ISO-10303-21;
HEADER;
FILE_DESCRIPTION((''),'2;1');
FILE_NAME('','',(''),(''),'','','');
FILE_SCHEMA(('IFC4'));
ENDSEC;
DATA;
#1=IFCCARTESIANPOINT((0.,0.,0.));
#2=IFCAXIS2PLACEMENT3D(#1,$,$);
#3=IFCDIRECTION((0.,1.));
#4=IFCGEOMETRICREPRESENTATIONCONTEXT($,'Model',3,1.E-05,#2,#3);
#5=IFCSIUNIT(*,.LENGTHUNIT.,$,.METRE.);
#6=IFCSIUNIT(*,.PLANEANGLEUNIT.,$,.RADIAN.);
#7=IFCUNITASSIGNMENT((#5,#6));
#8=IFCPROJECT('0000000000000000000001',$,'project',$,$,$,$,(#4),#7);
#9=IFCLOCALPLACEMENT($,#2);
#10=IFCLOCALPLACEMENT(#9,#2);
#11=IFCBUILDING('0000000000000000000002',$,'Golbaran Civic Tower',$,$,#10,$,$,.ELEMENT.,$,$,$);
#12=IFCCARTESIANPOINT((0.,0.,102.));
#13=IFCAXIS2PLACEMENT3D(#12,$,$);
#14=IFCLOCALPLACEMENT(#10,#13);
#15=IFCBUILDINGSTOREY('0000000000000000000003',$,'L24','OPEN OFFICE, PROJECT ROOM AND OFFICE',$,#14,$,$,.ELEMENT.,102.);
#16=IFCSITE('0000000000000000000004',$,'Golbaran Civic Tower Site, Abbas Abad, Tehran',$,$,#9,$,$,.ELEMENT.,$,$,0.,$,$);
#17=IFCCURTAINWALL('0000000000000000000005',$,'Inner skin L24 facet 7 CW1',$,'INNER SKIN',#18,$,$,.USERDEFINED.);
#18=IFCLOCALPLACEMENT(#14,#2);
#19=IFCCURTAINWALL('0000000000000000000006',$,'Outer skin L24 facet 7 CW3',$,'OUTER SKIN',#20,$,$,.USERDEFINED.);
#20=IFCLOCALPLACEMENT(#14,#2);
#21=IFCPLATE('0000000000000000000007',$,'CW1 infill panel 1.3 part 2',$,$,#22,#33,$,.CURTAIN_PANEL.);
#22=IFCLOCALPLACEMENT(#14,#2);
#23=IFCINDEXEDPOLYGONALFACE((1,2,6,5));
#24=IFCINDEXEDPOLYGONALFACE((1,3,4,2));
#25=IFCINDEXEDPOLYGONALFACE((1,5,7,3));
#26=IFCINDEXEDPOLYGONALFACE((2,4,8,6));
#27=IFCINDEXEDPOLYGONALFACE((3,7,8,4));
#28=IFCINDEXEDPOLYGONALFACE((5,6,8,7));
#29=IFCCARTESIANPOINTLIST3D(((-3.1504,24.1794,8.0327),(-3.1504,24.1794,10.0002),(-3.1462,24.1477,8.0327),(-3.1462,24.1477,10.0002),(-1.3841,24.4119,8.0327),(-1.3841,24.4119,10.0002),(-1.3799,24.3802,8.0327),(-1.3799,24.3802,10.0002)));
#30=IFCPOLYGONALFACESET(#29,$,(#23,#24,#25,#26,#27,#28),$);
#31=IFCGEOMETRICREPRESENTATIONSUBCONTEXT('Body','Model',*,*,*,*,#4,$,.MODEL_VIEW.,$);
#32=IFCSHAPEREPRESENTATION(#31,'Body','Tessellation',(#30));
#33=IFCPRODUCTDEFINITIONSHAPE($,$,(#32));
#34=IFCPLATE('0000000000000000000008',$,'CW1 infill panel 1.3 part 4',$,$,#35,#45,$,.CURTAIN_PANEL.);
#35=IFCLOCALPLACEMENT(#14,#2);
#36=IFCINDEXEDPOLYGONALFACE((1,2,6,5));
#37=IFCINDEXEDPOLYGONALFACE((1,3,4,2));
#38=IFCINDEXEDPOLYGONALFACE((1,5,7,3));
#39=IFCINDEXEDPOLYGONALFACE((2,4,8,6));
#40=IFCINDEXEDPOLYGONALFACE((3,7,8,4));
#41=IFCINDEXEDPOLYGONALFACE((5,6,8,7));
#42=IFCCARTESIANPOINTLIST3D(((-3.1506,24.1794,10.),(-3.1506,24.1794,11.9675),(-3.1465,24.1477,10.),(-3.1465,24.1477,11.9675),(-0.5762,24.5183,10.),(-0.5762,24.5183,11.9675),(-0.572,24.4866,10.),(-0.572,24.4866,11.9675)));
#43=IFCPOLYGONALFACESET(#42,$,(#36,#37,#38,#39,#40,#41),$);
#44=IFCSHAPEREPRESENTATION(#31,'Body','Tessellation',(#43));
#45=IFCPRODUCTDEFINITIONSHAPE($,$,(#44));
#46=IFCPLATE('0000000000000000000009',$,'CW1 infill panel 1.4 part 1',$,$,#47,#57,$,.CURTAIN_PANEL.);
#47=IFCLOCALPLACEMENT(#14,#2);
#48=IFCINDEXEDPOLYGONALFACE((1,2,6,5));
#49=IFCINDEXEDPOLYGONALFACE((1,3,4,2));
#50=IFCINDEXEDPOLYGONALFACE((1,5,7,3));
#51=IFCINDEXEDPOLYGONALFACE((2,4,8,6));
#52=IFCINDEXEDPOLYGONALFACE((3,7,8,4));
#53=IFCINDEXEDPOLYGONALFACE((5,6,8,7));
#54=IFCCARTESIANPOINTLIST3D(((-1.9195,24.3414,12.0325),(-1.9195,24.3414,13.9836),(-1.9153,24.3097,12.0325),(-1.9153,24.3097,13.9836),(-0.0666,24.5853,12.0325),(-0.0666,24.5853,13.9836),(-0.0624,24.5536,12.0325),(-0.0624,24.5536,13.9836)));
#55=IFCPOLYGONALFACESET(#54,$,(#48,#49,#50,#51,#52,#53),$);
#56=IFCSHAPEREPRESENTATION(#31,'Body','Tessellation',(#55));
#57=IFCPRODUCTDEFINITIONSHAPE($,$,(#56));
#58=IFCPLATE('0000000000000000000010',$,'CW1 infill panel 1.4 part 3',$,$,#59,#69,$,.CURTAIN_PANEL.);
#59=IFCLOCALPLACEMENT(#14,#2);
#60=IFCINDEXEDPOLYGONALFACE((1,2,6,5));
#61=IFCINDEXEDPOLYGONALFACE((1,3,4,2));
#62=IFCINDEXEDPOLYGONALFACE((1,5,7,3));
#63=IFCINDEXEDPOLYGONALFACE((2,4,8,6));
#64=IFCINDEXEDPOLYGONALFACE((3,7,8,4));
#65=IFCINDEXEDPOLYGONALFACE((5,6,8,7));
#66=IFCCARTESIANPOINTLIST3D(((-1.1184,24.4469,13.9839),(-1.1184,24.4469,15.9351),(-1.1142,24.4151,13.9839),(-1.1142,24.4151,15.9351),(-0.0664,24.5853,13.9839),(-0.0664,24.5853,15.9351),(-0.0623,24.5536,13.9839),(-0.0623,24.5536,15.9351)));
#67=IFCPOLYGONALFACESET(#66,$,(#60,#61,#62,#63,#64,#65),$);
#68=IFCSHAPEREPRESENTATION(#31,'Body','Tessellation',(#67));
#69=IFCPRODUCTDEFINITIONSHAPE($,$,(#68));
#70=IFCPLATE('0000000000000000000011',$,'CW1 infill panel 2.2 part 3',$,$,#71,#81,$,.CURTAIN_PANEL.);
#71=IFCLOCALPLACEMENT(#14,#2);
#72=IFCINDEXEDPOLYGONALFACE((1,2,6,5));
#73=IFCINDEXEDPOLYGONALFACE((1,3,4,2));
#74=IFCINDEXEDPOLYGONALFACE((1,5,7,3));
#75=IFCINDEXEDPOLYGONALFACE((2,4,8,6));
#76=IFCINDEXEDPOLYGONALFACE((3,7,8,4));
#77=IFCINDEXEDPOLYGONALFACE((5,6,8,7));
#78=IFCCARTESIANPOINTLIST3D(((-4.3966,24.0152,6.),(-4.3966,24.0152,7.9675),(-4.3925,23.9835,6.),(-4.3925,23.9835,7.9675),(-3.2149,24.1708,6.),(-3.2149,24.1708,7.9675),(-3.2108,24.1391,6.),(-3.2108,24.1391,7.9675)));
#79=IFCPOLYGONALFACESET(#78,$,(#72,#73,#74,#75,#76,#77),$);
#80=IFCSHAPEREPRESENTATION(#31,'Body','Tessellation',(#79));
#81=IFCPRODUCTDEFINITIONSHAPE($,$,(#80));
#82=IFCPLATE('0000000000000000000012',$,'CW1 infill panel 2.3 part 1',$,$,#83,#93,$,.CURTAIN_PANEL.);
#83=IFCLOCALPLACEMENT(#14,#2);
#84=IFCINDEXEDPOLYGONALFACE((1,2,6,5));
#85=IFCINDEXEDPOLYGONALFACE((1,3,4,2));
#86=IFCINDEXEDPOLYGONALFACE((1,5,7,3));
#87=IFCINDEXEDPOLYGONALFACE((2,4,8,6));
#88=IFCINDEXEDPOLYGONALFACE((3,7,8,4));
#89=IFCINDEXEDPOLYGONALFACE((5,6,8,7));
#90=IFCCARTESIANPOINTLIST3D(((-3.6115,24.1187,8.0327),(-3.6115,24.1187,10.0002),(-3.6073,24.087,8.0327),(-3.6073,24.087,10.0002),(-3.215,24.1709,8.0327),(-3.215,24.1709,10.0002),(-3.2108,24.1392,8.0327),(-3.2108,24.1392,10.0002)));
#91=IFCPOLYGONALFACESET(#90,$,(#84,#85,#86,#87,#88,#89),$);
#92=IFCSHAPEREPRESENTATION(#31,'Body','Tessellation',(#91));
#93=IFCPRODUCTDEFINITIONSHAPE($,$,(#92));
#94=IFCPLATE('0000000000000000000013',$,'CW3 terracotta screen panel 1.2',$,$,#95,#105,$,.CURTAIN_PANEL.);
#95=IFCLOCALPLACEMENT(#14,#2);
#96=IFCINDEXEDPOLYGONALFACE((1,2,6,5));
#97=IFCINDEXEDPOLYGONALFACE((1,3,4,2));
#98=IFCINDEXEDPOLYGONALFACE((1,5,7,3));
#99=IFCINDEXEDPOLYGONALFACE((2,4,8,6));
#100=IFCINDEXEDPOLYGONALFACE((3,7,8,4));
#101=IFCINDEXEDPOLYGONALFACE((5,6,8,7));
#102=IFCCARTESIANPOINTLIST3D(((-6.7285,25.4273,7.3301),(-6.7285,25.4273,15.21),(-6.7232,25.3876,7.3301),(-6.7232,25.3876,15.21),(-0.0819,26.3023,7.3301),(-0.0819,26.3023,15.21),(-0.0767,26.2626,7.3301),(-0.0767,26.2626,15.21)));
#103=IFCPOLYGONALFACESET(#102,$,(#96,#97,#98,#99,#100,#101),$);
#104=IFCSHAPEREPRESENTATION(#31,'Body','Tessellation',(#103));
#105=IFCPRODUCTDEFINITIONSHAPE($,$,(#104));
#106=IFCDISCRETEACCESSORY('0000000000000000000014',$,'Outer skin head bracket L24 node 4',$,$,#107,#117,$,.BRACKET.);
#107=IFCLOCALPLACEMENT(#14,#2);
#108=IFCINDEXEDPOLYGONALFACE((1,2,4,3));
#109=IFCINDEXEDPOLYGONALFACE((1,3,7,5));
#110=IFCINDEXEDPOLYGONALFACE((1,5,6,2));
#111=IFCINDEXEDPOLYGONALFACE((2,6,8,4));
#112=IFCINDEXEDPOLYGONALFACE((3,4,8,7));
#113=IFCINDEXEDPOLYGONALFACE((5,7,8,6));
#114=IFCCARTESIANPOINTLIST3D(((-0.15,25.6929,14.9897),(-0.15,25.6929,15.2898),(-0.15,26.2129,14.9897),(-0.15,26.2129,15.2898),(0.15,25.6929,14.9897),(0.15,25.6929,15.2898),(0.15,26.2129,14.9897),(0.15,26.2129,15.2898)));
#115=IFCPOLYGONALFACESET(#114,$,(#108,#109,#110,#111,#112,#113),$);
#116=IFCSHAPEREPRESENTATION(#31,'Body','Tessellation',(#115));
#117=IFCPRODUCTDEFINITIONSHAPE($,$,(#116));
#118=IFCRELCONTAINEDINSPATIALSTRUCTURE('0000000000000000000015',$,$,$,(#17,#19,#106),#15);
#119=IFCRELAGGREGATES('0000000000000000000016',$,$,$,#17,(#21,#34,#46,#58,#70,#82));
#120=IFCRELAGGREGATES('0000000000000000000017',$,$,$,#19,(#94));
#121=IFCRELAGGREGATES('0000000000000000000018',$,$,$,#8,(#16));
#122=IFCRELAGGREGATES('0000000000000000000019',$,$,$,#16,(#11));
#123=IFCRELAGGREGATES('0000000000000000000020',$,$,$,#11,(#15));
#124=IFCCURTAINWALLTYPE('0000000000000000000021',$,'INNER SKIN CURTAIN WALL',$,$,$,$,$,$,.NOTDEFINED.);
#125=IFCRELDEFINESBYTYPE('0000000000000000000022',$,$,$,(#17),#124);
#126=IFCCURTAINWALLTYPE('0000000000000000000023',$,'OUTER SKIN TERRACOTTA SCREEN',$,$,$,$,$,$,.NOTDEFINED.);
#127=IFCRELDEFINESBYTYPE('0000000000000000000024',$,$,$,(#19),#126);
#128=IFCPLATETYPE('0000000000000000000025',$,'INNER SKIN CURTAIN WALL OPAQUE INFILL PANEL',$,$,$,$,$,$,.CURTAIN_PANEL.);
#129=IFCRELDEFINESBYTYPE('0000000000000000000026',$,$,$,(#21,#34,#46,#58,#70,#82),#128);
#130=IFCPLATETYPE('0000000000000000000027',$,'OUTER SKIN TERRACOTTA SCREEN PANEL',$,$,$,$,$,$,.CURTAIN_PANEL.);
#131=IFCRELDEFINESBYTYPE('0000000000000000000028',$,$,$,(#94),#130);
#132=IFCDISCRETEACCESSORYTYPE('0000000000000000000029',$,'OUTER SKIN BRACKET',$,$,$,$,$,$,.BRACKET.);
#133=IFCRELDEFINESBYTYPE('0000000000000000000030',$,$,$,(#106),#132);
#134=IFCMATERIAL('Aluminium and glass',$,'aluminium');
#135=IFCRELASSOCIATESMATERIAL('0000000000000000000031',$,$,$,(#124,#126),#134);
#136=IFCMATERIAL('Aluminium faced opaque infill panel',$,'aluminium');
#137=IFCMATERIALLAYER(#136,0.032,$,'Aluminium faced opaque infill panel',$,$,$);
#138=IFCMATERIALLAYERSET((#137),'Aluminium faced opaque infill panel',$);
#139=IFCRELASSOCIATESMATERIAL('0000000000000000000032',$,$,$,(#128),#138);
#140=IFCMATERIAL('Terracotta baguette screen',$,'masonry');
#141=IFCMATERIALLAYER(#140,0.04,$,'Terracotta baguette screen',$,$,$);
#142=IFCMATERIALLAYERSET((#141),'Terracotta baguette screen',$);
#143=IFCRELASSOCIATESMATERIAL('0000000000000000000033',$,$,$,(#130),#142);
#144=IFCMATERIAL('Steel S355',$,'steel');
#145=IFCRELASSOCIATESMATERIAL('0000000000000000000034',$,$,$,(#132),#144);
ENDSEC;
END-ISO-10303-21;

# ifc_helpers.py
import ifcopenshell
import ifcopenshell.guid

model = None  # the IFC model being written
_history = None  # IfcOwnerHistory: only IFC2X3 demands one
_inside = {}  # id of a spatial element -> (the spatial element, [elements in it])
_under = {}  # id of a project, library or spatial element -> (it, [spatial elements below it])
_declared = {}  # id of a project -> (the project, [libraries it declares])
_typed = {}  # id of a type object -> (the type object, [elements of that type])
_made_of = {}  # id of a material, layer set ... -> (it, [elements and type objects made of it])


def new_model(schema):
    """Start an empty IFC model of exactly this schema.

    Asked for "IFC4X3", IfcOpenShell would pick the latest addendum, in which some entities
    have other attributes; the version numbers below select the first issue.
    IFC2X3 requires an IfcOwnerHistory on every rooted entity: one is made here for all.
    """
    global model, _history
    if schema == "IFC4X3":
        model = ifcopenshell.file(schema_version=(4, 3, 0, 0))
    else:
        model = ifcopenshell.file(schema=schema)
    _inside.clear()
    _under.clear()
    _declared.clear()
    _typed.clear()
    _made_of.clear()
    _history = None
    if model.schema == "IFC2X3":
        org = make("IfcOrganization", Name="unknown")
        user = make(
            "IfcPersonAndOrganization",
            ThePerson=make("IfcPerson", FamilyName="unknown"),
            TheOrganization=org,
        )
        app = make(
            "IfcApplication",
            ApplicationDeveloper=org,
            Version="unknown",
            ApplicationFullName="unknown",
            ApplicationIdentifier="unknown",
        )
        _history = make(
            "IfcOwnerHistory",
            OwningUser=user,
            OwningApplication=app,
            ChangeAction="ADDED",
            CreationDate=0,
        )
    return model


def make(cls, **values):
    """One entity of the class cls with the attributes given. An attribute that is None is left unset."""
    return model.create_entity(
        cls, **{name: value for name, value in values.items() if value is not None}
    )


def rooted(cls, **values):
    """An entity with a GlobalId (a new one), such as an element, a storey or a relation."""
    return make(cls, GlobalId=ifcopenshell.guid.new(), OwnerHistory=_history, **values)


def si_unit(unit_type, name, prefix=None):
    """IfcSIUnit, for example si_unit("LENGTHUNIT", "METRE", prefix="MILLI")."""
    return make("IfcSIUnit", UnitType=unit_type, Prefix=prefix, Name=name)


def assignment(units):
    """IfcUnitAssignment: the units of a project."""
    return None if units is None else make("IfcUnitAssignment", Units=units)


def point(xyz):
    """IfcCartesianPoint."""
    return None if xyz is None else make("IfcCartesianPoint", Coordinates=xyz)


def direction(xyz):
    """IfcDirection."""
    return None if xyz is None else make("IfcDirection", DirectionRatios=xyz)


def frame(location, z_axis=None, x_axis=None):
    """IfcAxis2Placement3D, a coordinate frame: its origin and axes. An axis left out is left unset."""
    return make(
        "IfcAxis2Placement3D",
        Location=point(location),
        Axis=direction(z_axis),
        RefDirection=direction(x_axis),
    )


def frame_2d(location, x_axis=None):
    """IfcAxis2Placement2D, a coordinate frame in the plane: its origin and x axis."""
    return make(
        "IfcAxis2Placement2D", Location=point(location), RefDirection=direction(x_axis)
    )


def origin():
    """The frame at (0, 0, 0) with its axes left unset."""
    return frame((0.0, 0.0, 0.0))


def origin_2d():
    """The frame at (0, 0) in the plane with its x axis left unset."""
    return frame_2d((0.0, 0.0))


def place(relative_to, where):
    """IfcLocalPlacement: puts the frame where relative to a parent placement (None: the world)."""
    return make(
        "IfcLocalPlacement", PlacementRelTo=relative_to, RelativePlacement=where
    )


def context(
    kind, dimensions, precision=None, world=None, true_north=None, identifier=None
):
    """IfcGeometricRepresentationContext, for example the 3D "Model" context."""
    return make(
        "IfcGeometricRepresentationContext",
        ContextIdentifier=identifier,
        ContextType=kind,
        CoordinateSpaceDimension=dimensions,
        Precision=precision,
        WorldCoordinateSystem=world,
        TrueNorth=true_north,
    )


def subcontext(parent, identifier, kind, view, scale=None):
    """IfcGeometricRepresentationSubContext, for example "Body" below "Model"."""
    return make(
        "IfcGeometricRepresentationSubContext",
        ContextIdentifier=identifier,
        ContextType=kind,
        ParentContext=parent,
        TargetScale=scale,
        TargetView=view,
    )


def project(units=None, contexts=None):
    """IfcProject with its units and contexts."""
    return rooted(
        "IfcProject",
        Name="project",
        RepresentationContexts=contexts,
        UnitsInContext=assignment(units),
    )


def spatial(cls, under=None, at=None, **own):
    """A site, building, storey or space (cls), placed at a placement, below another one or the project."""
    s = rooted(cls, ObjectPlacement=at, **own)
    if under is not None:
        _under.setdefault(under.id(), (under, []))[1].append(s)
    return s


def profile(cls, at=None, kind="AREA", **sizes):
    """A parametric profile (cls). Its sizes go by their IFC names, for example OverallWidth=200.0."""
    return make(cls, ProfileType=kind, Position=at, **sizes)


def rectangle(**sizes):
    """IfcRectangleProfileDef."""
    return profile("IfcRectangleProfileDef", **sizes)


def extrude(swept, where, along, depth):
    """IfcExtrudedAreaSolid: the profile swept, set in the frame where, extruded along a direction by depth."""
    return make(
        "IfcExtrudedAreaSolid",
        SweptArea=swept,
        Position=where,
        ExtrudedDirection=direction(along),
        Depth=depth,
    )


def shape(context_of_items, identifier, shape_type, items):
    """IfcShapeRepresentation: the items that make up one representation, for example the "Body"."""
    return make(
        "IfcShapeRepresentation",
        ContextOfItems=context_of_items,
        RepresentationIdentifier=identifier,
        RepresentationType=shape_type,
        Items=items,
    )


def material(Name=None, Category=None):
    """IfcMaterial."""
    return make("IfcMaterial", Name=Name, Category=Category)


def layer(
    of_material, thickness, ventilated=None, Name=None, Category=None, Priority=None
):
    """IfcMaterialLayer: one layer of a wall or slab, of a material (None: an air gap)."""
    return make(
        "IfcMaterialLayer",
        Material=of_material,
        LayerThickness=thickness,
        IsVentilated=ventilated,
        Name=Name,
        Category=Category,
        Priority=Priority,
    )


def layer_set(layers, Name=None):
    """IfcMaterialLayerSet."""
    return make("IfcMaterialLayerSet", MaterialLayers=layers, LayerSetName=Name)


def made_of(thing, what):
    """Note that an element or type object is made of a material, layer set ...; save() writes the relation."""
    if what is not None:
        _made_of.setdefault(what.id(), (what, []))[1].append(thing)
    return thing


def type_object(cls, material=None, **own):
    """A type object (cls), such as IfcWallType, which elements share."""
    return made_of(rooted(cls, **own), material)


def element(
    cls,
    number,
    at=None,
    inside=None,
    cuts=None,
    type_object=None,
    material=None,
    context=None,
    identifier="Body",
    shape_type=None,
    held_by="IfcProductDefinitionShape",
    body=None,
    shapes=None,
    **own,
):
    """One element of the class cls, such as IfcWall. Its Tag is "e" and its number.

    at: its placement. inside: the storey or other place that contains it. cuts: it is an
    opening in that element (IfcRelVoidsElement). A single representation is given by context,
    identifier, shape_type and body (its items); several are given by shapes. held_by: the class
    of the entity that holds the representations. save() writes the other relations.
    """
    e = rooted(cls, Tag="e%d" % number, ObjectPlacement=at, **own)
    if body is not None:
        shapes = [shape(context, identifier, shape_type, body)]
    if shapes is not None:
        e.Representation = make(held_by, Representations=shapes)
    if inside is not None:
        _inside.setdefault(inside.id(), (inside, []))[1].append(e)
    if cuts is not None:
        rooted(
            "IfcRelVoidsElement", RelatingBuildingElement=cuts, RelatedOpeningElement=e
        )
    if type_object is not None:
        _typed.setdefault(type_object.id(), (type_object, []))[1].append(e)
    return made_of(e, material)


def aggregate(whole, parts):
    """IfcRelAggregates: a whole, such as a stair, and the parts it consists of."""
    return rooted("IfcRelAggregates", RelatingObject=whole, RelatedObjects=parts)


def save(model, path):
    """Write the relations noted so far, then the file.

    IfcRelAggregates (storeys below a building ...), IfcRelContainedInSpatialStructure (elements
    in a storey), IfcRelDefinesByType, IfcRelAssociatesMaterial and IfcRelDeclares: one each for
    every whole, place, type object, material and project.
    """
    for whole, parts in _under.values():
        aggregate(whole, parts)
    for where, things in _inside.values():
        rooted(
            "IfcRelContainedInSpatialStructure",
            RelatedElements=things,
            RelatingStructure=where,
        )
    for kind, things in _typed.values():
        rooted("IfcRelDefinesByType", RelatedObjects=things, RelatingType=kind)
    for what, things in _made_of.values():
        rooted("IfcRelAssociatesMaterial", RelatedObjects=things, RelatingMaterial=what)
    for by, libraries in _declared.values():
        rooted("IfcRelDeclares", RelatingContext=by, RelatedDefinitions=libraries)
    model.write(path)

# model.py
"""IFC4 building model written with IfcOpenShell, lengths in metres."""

from ifc_helpers import new_model, si_unit, direction, frame, origin, origin_2d, place, context, subcontext, project, spatial, rectangle, extrude, material, layer, layer_set, type_object, element, aggregate, save


model = new_model("IFC4")

# Units and contexts
model_context = context("Model", 3, precision=1e-05, world=origin(), true_north=direction((0.0, 1.0)))
body_context = subcontext(model_context, "Body", "Model", "MODEL_VIEW")
ifc_project = project(units=[si_unit("LENGTHUNIT", "METRE"), si_unit("PLANEANGLEUNIT", "RADIAN")], contexts=[model_context])

# Site, building, storey
site_placement = place(None, origin())
site = spatial("IfcSite", under=ifc_project, at=site_placement, Name="Golbaran Civic Tower Site, Abbas Abad, Tehran", CompositionType="ELEMENT", RefElevation=0.0)
building_placement = place(site_placement, origin())
building = spatial("IfcBuilding", under=site, at=building_placement, Name="Golbaran Civic Tower", CompositionType="ELEMENT")
storey_placement = place(building_placement, frame((0.0, 0.0, 102.0)))
storey = spatial("IfcBuildingStorey", under=building, at=storey_placement, Name="L24", Description="OPEN OFFICE, PROJECT ROOM AND OFFICE", CompositionType="ELEMENT", Elevation=102.0)

# Curtain walls
ifc_material_1 = material(Name="Aluminium and glass", Category="aluminium")
curtain_wall_type_1 = type_object("IfcCurtainWallType", Name="INNER SKIN CURTAIN WALL", PredefinedType="NOTDEFINED", material=ifc_material_1)
curtain_wall_1_placement = place(storey_placement, origin())
curtain_wall_1 = element("IfcCurtainWall", 1, at=curtain_wall_1_placement, inside=storey, type_object=curtain_wall_type_1, Name="Inner skin L24 facet 7 CW1", ObjectType="INNER SKIN", PredefinedType="USERDEFINED")
curtain_wall_type_2 = type_object("IfcCurtainWallType", Name="OUTER SKIN TERRACOTTA SCREEN", PredefinedType="NOTDEFINED", material=ifc_material_1)
curtain_wall_2_placement = place(storey_placement, origin())
curtain_wall_2 = element("IfcCurtainWall", 2, at=curtain_wall_2_placement, inside=storey, type_object=curtain_wall_type_2, Name="Outer skin L24 facet 7 CW3", ObjectType="OUTER SKIN", PredefinedType="USERDEFINED")

# Plates
ifc_material_2 = material(Name="Aluminium faced opaque infill panel", Category="aluminium")
ifc_layer_1 = layer(ifc_material_2, 0.032, Name="Aluminium faced opaque infill panel")
ifc_layer_set_1 = layer_set([ifc_layer_1], Name="Aluminium faced opaque infill panel")
plate_type_1 = type_object("IfcPlateType", Name="INNER SKIN CURTAIN WALL OPAQUE INFILL PANEL", PredefinedType="CURTAIN_PANEL", material=ifc_layer_set_1)
plate_1_placement = place(storey_placement, frame((-2.2651, 24.2798, 8.0327), z_axis=(0.0, 0.0, 1.0), x_axis=(-0.991445, -0.130526, 0.0)))
plate_1 = element("IfcPlate", 3, at=plate_1_placement, type_object=plate_type_1, Name="CW1 infill panel 1.3 part 2", PredefinedType="CURTAIN_PANEL", context=body_context, shape_type="SweptSolid", body=[
    extrude(rectangle(XDim=1.7815, YDim=0.032, at=origin_2d()), origin(), (0.0, 0.0, 1.0), 1.9675),
])
plate_2_placement = place(storey_placement, frame((-1.8613, 24.333, 10.0), z_axis=(0.0, 0.0, 1.0), x_axis=(-0.991445, -0.130526, 0.0)))
plate_2 = element("IfcPlate", 4, at=plate_2_placement, type_object=plate_type_1, Name="CW1 infill panel 1.3 part 4", PredefinedType="CURTAIN_PANEL", context=body_context, shape_type="SweptSolid", body=[
    extrude(rectangle(XDim=2.5967, YDim=0.032, at=origin_2d()), origin(), (0.0, 0.0, 1.0), 1.9675),
])
plate_3_placement = place(storey_placement, frame((-0.991, 24.4475, 12.0325), z_axis=(0.0, 0.0, 1.0), x_axis=(-0.991445, -0.130526, 0.0)))
plate_3 = element("IfcPlate", 5, at=plate_3_placement, type_object=plate_type_1, Name="CW1 infill panel 1.4 part 1", PredefinedType="CURTAIN_PANEL", context=body_context, shape_type="SweptSolid", body=[
    extrude(rectangle(XDim=1.8689, YDim=0.032, at=origin_2d()), origin(), (0.0, 0.0, 1.0), 1.9512),
])
plate_4_placement = place(storey_placement, frame((-0.5903, 24.5002, 13.9839), z_axis=(0.0, 0.0, 1.0), x_axis=(-0.991445, -0.130526, 0.0)))
plate_4 = element("IfcPlate", 6, at=plate_4_placement, type_object=plate_type_1, Name="CW1 infill panel 1.4 part 3", PredefinedType="CURTAIN_PANEL", context=body_context, shape_type="SweptSolid", body=[
    extrude(rectangle(XDim=1.061, YDim=0.032, at=origin_2d()), origin(), (0.0, 0.0, 1.0), 1.9512),
])
plate_5_placement = place(storey_placement, frame((-3.8037, 24.0771, 6.0), z_axis=(0.0, 0.0, 1.0), x_axis=(-0.991445, -0.130526, 0.0)))
plate_5 = element("IfcPlate", 7, at=plate_5_placement, type_object=plate_type_1, Name="CW1 infill panel 2.2 part 3", PredefinedType="CURTAIN_PANEL", context=body_context, shape_type="SweptSolid", body=[
    extrude(rectangle(XDim=1.1919, YDim=0.032, at=origin_2d()), origin(), (0.0, 0.0, 1.0), 1.9675),
])
plate_6_placement = place(storey_placement, frame((-3.4111, 24.1289, 8.0327), z_axis=(0.0, 0.0, 1.0), x_axis=(-0.991445, -0.130526, 0.0)))
plate_6 = element("IfcPlate", 8, at=plate_6_placement, type_object=plate_type_1, Name="CW1 infill panel 2.3 part 1", PredefinedType="CURTAIN_PANEL", context=body_context, shape_type="SweptSolid", body=[
    extrude(rectangle(XDim=0.3999, YDim=0.032, at=origin_2d()), origin(), (0.0, 0.0, 1.0), 1.9675),
])
aggregate(curtain_wall_1, [plate_1, plate_2, plate_3, plate_4, plate_5, plate_6])
ifc_material_3 = material(Name="Terracotta baguette screen", Category="masonry")
ifc_layer_2 = layer(ifc_material_3, 0.04, Name="Terracotta baguette screen")
ifc_layer_set_2 = layer_set([ifc_layer_2], Name="Terracotta baguette screen")
plate_type_2 = type_object("IfcPlateType", Name="OUTER SKIN TERRACOTTA SCREEN PANEL", PredefinedType="CURTAIN_PANEL", material=ifc_layer_set_2)
plate_7_placement = place(storey_placement, frame((-3.4026, 25.845, 7.3301), z_axis=(0.0, 0.0, 1.0), x_axis=(-0.991445, -0.130526, 0.0)))
plate_7 = element("IfcPlate", 9, at=plate_7_placement, type_object=plate_type_2, Name="CW3 terracotta screen panel 1.2", PredefinedType="CURTAIN_PANEL", context=body_context, shape_type="SweptSolid", body=[
    extrude(rectangle(XDim=6.7039, YDim=0.04, at=origin_2d()), origin(), (0.0, 0.0, 1.0), 7.8799),
])
aggregate(curtain_wall_2, [plate_7])

# Discrete accessory
ifc_material_4 = material(Name="Steel S355", Category="steel")
discrete_accessory_type = type_object("IfcDiscreteAccessoryType", Name="OUTER SKIN BRACKET", PredefinedType="BRACKET", material=ifc_material_4)
discrete_accessory_placement = place(storey_placement, frame((0.0, 25.9529, 14.9897), z_axis=(0.0, 0.0, 1.0), x_axis=(0.0, 1.0, 0.0)))
element("IfcDiscreteAccessory", 10, at=discrete_accessory_placement, inside=storey, type_object=discrete_accessory_type, Name="Outer skin head bracket L24 node 4", PredefinedType="BRACKET", context=body_context, shape_type="SweptSolid", body=[
    extrude(rectangle(XDim=0.52, YDim=0.3, at=origin_2d()), origin(), (0.0, 0.0, 1.0), 0.3),
])

save(model, "model.ifc")
